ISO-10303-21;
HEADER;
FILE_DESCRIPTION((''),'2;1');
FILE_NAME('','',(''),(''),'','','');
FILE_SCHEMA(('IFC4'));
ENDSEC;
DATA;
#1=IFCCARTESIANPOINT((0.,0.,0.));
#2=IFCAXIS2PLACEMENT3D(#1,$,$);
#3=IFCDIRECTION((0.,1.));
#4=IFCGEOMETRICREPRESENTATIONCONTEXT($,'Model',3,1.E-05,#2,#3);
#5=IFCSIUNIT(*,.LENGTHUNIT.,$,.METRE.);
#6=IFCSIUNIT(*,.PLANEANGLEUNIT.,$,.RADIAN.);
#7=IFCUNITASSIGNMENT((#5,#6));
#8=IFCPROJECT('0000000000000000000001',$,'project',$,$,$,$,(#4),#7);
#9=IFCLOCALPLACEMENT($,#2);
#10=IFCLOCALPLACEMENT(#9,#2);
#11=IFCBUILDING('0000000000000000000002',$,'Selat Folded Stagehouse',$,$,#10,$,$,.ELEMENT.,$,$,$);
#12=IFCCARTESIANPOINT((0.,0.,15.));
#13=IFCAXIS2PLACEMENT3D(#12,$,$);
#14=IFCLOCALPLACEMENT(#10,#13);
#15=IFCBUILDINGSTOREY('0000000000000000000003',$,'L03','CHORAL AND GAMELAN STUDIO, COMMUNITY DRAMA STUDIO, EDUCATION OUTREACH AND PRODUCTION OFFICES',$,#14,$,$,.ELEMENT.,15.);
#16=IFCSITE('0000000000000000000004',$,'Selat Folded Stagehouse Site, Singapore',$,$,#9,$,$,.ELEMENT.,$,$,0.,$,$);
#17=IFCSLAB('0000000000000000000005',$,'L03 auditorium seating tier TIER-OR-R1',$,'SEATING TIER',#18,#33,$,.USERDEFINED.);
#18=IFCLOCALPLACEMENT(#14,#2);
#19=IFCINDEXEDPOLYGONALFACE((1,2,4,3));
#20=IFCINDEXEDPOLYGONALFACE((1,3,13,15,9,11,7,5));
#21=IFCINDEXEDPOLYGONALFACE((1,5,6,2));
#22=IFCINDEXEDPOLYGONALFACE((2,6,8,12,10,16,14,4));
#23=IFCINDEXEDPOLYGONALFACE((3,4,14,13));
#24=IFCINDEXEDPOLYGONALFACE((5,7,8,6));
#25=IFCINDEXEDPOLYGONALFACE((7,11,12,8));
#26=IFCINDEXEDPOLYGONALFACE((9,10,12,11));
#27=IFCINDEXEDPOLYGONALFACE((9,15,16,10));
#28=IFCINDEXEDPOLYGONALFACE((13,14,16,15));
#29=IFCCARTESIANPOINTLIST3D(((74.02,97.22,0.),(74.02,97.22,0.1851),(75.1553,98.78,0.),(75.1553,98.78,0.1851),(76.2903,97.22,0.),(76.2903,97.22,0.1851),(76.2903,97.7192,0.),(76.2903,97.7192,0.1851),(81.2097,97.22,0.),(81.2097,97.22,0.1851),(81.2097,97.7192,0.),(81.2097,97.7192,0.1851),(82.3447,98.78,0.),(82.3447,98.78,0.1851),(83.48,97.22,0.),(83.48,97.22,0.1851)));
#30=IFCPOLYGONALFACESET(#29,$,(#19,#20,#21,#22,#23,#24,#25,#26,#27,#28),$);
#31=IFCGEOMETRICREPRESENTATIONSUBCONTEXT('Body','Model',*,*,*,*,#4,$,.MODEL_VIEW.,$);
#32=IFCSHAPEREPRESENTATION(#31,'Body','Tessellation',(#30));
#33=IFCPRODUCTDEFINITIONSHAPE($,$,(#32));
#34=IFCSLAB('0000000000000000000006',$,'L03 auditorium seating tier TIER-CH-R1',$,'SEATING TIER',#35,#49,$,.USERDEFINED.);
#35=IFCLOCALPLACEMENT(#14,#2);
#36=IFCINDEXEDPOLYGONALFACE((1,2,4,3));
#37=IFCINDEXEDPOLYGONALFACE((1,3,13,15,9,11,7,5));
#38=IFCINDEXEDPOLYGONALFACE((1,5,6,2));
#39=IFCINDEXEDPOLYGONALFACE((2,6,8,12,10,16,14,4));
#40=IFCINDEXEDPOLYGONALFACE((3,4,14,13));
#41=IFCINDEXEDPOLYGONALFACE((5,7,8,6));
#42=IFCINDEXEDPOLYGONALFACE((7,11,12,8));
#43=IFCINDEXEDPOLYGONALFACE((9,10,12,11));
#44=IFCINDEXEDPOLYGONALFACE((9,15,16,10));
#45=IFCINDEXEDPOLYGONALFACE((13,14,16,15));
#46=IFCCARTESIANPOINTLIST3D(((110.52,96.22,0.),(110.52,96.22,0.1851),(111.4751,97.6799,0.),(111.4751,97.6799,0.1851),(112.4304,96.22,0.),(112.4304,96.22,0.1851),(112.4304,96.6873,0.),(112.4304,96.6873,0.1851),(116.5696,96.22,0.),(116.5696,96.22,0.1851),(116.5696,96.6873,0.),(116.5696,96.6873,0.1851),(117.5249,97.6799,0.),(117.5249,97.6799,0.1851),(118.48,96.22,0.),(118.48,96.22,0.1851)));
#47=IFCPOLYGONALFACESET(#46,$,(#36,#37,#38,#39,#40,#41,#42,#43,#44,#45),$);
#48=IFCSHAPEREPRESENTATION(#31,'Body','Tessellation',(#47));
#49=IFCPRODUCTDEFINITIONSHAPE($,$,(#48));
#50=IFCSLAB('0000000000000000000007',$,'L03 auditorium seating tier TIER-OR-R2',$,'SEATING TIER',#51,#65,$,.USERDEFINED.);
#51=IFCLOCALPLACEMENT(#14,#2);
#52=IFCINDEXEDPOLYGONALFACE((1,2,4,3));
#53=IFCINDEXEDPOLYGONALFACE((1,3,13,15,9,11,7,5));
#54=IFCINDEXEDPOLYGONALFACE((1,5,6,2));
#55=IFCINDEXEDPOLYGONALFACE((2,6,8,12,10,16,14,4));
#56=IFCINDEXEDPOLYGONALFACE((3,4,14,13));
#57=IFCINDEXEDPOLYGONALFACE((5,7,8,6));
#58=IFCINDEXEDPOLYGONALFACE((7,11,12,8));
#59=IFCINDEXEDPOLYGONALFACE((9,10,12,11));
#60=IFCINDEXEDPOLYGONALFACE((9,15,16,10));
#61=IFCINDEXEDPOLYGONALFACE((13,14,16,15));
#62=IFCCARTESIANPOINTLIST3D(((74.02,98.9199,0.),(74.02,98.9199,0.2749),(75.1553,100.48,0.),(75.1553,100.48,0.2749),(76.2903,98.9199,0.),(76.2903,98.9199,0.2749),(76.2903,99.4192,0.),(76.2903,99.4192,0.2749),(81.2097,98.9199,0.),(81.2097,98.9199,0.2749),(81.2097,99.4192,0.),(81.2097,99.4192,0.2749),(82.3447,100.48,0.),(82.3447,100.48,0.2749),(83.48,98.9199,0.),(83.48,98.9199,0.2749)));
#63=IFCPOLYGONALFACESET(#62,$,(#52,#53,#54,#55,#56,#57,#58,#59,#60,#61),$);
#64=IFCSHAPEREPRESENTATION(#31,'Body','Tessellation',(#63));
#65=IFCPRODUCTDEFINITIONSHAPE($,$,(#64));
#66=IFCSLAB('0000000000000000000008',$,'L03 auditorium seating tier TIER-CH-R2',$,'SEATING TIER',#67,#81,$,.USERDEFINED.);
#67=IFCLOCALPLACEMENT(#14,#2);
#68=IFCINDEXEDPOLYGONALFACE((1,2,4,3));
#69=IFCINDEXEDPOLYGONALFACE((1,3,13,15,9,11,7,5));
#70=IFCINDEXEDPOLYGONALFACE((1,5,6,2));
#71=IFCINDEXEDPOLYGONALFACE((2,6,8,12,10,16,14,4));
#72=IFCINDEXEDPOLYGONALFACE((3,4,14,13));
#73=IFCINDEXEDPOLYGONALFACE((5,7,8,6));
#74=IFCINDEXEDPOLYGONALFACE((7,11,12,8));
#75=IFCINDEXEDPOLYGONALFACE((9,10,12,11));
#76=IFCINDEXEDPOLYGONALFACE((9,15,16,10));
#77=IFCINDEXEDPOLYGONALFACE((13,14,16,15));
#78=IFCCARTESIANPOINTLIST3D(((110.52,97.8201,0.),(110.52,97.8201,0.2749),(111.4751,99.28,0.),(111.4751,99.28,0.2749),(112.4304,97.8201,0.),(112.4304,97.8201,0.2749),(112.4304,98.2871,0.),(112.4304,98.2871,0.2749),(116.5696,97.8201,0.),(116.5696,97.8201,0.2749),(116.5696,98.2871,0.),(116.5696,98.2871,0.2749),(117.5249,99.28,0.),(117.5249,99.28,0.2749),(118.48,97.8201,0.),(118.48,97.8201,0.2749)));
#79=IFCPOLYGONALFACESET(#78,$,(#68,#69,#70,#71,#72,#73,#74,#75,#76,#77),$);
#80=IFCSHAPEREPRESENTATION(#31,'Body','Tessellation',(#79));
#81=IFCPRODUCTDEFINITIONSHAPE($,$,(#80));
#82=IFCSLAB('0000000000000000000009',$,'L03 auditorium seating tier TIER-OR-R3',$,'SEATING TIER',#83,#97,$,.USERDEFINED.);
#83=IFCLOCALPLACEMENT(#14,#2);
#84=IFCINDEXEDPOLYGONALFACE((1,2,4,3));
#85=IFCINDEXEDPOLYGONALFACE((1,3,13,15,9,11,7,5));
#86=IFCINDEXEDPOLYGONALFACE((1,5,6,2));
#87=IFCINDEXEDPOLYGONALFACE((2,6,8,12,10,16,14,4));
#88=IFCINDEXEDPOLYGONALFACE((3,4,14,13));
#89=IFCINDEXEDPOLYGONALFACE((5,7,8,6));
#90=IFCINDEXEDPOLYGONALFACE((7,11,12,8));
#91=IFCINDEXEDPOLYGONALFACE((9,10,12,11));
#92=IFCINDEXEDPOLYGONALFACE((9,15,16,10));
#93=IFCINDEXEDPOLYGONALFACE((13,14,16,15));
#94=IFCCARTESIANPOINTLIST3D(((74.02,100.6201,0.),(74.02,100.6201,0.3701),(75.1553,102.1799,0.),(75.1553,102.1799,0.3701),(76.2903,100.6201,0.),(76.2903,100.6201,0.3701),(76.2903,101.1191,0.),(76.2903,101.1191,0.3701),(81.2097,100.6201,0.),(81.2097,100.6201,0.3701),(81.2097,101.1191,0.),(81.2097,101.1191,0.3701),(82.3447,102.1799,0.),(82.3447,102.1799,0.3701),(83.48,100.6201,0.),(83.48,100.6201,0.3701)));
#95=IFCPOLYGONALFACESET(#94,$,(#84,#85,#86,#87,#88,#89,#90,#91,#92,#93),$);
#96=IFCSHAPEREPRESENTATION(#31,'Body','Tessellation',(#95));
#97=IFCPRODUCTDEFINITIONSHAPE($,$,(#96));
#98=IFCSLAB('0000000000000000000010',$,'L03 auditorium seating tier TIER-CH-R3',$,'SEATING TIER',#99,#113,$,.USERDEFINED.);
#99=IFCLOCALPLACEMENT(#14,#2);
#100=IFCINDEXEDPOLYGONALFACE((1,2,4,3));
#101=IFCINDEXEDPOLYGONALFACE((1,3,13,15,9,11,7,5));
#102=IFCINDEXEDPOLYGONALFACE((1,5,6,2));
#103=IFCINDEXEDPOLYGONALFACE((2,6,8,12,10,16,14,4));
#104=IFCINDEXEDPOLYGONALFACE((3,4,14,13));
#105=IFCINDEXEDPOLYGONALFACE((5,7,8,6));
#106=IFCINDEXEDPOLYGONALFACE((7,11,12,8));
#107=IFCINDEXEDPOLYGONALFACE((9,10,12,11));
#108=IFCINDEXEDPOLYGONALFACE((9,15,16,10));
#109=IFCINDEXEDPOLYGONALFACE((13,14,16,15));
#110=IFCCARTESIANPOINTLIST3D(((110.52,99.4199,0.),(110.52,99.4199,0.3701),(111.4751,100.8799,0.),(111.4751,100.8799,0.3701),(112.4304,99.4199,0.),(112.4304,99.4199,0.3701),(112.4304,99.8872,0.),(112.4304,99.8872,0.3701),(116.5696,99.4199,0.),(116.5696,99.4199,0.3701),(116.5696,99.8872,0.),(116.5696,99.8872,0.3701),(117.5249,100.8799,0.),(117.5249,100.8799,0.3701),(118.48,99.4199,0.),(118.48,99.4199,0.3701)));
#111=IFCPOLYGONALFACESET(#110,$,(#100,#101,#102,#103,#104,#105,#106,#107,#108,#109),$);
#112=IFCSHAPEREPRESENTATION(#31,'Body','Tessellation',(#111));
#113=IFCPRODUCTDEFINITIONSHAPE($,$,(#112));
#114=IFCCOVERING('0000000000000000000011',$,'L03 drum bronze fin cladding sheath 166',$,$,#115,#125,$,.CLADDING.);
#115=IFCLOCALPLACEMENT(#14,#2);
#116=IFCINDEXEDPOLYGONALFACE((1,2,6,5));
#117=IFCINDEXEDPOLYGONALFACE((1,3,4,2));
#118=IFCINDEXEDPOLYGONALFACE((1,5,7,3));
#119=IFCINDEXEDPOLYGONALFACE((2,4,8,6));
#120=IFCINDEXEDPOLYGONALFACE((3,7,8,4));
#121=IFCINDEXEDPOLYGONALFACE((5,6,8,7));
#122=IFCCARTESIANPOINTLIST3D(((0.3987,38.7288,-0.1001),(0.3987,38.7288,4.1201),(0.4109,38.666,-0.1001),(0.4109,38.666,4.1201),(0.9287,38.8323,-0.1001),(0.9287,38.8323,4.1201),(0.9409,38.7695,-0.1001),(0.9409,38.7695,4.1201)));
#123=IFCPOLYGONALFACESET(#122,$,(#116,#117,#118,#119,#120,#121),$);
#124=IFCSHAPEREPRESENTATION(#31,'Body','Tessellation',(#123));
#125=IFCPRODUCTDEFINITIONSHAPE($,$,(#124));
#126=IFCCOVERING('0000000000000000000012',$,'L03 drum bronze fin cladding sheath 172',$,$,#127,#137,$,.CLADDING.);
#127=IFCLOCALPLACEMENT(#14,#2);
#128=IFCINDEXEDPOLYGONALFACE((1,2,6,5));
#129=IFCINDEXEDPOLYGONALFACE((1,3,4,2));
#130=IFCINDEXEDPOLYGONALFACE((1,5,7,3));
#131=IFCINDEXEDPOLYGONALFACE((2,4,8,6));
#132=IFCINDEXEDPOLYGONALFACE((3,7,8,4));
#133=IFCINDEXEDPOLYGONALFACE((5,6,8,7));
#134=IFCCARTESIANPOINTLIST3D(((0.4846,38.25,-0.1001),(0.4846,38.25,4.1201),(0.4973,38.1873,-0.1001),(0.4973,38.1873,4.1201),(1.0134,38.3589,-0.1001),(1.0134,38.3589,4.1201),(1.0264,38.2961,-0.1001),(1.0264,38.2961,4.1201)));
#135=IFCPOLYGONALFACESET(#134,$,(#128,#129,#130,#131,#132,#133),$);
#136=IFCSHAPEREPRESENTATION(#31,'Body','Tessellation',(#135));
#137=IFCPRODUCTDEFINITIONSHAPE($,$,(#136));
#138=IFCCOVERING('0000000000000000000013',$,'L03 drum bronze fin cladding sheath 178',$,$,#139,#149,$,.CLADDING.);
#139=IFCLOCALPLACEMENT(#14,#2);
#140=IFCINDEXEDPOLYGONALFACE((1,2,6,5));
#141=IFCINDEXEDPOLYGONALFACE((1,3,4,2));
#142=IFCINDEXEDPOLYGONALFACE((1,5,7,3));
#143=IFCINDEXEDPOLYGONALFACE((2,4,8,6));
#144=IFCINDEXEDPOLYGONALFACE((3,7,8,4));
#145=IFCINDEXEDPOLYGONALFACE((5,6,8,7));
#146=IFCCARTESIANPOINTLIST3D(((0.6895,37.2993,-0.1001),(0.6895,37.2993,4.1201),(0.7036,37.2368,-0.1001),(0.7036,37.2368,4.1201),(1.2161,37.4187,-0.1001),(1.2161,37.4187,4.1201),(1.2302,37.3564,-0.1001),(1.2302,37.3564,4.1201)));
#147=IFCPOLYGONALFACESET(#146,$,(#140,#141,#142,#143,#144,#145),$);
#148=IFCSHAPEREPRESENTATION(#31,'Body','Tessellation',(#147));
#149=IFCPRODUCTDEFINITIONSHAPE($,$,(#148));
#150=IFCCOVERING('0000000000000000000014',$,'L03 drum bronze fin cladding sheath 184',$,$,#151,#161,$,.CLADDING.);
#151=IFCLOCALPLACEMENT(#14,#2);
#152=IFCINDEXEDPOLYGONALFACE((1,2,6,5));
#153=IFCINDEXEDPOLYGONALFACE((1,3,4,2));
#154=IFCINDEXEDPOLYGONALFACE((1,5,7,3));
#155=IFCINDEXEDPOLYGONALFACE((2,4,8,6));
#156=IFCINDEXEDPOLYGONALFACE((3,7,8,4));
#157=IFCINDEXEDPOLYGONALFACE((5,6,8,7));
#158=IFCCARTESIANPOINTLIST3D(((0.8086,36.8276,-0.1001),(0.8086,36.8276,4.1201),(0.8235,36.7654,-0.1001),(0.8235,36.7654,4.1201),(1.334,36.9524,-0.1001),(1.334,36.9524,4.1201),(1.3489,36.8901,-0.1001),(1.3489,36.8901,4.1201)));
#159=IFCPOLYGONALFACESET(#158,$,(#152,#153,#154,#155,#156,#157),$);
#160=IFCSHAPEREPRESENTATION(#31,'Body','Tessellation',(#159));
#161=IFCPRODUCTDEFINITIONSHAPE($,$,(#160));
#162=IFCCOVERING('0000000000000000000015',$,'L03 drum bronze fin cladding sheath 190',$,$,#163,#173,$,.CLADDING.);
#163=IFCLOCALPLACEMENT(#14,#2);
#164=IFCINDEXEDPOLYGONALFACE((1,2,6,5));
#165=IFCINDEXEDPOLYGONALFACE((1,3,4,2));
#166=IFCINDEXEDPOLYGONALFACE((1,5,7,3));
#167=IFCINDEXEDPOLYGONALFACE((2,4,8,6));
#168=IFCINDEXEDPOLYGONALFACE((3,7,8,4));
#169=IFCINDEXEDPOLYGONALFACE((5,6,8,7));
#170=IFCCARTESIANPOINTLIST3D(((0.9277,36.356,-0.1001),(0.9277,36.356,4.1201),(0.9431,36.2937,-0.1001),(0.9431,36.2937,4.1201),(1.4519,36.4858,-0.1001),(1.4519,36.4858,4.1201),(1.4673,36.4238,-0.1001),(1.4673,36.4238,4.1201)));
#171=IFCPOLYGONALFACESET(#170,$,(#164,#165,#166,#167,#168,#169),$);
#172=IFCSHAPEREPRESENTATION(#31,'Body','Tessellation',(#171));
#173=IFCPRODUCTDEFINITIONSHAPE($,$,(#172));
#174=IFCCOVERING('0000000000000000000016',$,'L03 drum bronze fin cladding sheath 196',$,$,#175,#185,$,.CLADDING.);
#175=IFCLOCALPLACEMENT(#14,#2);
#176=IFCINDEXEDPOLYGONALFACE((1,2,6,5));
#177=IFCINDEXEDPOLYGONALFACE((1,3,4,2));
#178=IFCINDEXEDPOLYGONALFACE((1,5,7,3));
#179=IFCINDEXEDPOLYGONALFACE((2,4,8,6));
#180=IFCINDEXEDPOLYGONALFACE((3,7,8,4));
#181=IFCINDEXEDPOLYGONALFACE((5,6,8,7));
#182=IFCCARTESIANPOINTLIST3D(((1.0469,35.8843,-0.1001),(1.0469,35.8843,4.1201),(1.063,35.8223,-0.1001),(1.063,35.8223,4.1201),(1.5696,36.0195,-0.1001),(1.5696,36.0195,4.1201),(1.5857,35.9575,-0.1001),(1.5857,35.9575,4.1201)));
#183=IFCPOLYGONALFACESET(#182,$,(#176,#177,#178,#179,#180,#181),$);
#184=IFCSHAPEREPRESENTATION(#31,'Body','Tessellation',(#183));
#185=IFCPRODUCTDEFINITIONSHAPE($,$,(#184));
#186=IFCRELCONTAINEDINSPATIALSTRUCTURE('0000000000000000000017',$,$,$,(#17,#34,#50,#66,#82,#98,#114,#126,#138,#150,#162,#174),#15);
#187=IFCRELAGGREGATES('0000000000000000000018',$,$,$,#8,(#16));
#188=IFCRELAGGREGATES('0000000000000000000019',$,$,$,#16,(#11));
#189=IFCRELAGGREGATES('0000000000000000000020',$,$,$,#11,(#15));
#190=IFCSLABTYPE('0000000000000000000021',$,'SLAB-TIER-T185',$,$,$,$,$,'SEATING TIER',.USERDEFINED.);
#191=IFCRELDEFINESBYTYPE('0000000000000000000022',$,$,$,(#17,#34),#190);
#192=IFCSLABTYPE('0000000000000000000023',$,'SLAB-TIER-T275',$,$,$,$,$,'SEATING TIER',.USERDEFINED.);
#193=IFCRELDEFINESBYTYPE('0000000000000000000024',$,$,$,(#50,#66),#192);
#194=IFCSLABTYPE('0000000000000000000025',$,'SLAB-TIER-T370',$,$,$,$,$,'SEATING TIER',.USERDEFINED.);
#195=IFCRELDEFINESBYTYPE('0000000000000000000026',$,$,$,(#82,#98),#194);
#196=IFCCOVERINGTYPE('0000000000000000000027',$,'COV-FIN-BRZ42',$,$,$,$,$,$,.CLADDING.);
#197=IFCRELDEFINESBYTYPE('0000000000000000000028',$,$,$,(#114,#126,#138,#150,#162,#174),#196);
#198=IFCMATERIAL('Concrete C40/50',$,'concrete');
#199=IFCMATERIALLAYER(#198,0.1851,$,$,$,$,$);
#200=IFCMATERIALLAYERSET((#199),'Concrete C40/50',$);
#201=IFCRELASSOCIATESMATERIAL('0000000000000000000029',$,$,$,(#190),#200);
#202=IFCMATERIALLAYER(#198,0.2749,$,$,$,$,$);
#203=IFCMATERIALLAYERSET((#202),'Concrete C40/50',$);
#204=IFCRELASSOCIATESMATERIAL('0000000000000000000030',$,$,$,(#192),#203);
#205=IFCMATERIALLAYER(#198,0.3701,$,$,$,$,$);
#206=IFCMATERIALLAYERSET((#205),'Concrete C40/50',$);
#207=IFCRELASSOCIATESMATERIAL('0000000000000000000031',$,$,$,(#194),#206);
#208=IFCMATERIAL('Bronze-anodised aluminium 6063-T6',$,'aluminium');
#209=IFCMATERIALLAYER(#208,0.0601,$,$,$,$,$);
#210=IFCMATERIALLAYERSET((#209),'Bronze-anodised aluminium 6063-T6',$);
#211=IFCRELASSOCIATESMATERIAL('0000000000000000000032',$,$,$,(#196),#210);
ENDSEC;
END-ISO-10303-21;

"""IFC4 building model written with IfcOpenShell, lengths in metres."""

from ifc_helpers import new_model, si_unit, direction, frame, origin, place, context, subcontext, project, spatial, polyline, outline, extrude, material, layer, layer_set, type_object, element, save


model = new_model("IFC4")

# Units and contexts
model_context = context("Model", 3, precision=1e-05, world=origin(), true_north=direction((0.0, 1.0)))
body_context = subcontext(model_context, "Body", "Model", "MODEL_VIEW")
ifc_project = project(units=[si_unit("LENGTHUNIT", "METRE"), si_unit("PLANEANGLEUNIT", "RADIAN")], contexts=[model_context])

# Site, building, storey
site_placement = place(None, origin())
site = spatial("IfcSite", under=ifc_project, at=site_placement, Name="Selat Folded Stagehouse Site, Singapore", CompositionType="ELEMENT", RefElevation=0.0)
building_placement = place(site_placement, origin())
building = spatial("IfcBuilding", under=site, at=building_placement, Name="Selat Folded Stagehouse", CompositionType="ELEMENT")
storey_placement = place(building_placement, frame((0.0, 0.0, 15.0)))
storey = spatial("IfcBuildingStorey", under=building, at=storey_placement, Name="L03", Description="CHORAL AND GAMELAN STUDIO, COMMUNITY DRAMA STUDIO, EDUCATION OUTREACH AND PRODUCTION OFFICES", CompositionType="ELEMENT", Elevation=15.0)

# Slabs
ifc_material_1 = material(Name="Concrete C40/50", Category="concrete")
ifc_layer_1 = layer(ifc_material_1, 0.1851)
ifc_layer_set_1 = layer_set([ifc_layer_1], Name="Concrete C40/50")
slab_type_1 = type_object("IfcSlabType", Name="SLAB-TIER-T185", ElementType="SEATING TIER", PredefinedType="USERDEFINED", material=ifc_layer_set_1)
slab_1_placement = place(storey_placement, origin())
element("IfcSlab", 1, at=slab_1_placement, inside=storey, type_object=slab_type_1, Name="L03 auditorium seating tier TIER-OR-R1", ObjectType="SEATING TIER", PredefinedType="USERDEFINED", context=body_context, shape_type="SweptSolid", body=[
    extrude(outline(polyline([(75.1553, 98.78), (74.02, 97.22), (76.2903, 97.22), (76.2903, 97.7192), (81.2097, 97.7192), (81.2097, 97.22), (83.48, 97.22), (82.3447, 98.78), (75.1553, 98.78)])), origin(), (0.0, 0.0, 1.0), 0.1851),
])
slab_2_placement = place(storey_placement, origin())
element("IfcSlab", 2, at=slab_2_placement, inside=storey, type_object=slab_type_1, Name="L03 auditorium seating tier TIER-CH-R1", ObjectType="SEATING TIER", PredefinedType="USERDEFINED", context=body_context, shape_type="SweptSolid", body=[
    extrude(outline(polyline([(111.4751, 97.6799), (110.52, 96.22), (112.4304, 96.22), (112.4304, 96.6873), (116.5696, 96.6873), (116.5696, 96.22), (118.48, 96.22), (117.5249, 97.6799), (111.4751, 97.6799)])), origin(), (0.0, 0.0, 1.0), 0.1851),
])
ifc_layer_2 = layer(ifc_material_1, 0.2749)
ifc_layer_set_2 = layer_set([ifc_layer_2], Name="Concrete C40/50")
slab_type_2 = type_object("IfcSlabType", Name="SLAB-TIER-T275", ElementType="SEATING TIER", PredefinedType="USERDEFINED", material=ifc_layer_set_2)
slab_3_placement = place(storey_placement, origin())
element("IfcSlab", 3, at=slab_3_placement, inside=storey, type_object=slab_type_2, Name="L03 auditorium seating tier TIER-OR-R2", ObjectType="SEATING TIER", PredefinedType="USERDEFINED", context=body_context, shape_type="SweptSolid", body=[
    extrude(outline(polyline([(75.1553, 100.48), (74.02, 98.9199), (76.2903, 98.9199), (76.2903, 99.4192), (81.2097, 99.4192), (81.2097, 98.9199), (83.48, 98.9199), (82.3447, 100.48), (75.1553, 100.48)])), origin(), (0.0, 0.0, 1.0), 0.2749),
])
slab_4_placement = place(storey_placement, origin())
element("IfcSlab", 4, at=slab_4_placement, inside=storey, type_object=slab_type_2, Name="L03 auditorium seating tier TIER-CH-R2", ObjectType="SEATING TIER", PredefinedType="USERDEFINED", context=body_context, shape_type="SweptSolid", body=[
    extrude(outline(polyline([(111.4751, 99.28), (110.52, 97.8201), (112.4304, 97.8201), (112.4304, 98.2871), (116.5696, 98.2871), (116.5696, 97.8201), (118.48, 97.8201), (117.5249, 99.28), (111.4751, 99.28)])), origin(), (0.0, 0.0, 1.0), 0.2749),
])
ifc_layer_3 = layer(ifc_material_1, 0.3701)
ifc_layer_set_3 = layer_set([ifc_layer_3], Name="Concrete C40/50")
slab_type_3 = type_object("IfcSlabType", Name="SLAB-TIER-T370", ElementType="SEATING TIER", PredefinedType="USERDEFINED", material=ifc_layer_set_3)
slab_5_placement = place(storey_placement, origin())
element("IfcSlab", 5, at=slab_5_placement, inside=storey, type_object=slab_type_3, Name="L03 auditorium seating tier TIER-OR-R3", ObjectType="SEATING TIER", PredefinedType="USERDEFINED", context=body_context, shape_type="SweptSolid", body=[
    extrude(outline(polyline([(75.1553, 102.1799), (74.02, 100.6201), (76.2903, 100.6201), (76.2903, 101.1191), (81.2097, 101.1191), (81.2097, 100.6201), (83.48, 100.6201), (82.3447, 102.1799), (75.1553, 102.1799)])), origin(), (0.0, 0.0, 1.0), 0.3701),
])
slab_6_placement = place(storey_placement, origin())
element("IfcSlab", 6, at=slab_6_placement, inside=storey, type_object=slab_type_3, Name="L03 auditorium seating tier TIER-CH-R3", ObjectType="SEATING TIER", PredefinedType="USERDEFINED", context=body_context, shape_type="SweptSolid", body=[
    extrude(outline(polyline([(111.4751, 100.8799), (110.52, 99.4199), (112.4304, 99.4199), (112.4304, 99.8872), (116.5696, 99.8872), (116.5696, 99.4199), (118.48, 99.4199), (117.5249, 100.8799), (111.4751, 100.8799)])), origin(), (0.0, 0.0, 1.0), 0.3701),
])

# Coverings
ifc_material_2 = material(Name="Bronze-anodised aluminium 6063-T6", Category="aluminium")
ifc_layer_4 = layer(ifc_material_2, 0.0601)
ifc_layer_set_4 = layer_set([ifc_layer_4], Name="Bronze-anodised aluminium 6063-T6")
covering_type = type_object("IfcCoveringType", Name="COV-FIN-BRZ42", PredefinedType="CLADDING", material=ifc_layer_set_4)
covering_1_placement = place(storey_placement, frame((0.0, 0.0, -0.1001)))
element("IfcCovering", 7, at=covering_1_placement, inside=storey, type_object=covering_type, Name="L03 drum bronze fin cladding sheath 166", PredefinedType="CLADDING", context=body_context, shape_type="SweptSolid", body=[
    extrude(outline(polyline([(0.9287, 38.8323), (0.3987, 38.7288), (0.4109, 38.666), (0.9409, 38.7695), (0.9287, 38.8323)])), origin(), (0.0, 0.0, 1.0), 4.2202),
])
covering_2_placement = place(storey_placement, frame((0.0, 0.0, -0.1001)))
element("IfcCovering", 8, at=covering_2_placement, inside=storey, type_object=covering_type, Name="L03 drum bronze fin cladding sheath 172", PredefinedType="CLADDING", context=body_context, shape_type="SweptSolid", body=[
    extrude(outline(polyline([(1.0134, 38.3589), (0.4846, 38.25), (0.4973, 38.1873), (1.0264, 38.2961), (1.0134, 38.3589)])), origin(), (0.0, 0.0, 1.0), 4.2202),
])
covering_3_placement = place(storey_placement, frame((0.0, 0.0, -0.1001)))
element("IfcCovering", 9, at=covering_3_placement, inside=storey, type_object=covering_type, Name="L03 drum bronze fin cladding sheath 178", PredefinedType="CLADDING", context=body_context, shape_type="SweptSolid", body=[
    extrude(outline(polyline([(1.2161, 37.4187), (0.6895, 37.2993), (0.7036, 37.2368), (1.2302, 37.3564), (1.2161, 37.4187)])), origin(), (0.0, 0.0, 1.0), 4.2202),
])
covering_4_placement = place(storey_placement, frame((0.0, 0.0, -0.1001)))
element("IfcCovering", 10, at=covering_4_placement, inside=storey, type_object=covering_type, Name="L03 drum bronze fin cladding sheath 184", PredefinedType="CLADDING", context=body_context, shape_type="SweptSolid", body=[
    extrude(outline(polyline([(1.334, 36.9524), (0.8086, 36.8276), (0.8235, 36.7654), (1.3489, 36.8901), (1.334, 36.9524)])), origin(), (0.0, 0.0, 1.0), 4.2202),
])
covering_5_placement = place(storey_placement, frame((0.0, 0.0, -0.1001)))
element("IfcCovering", 11, at=covering_5_placement, inside=storey, type_object=covering_type, Name="L03 drum bronze fin cladding sheath 190", PredefinedType="CLADDING", context=body_context, shape_type="SweptSolid", body=[
    extrude(outline(polyline([(1.4519, 36.4858), (0.9277, 36.356), (0.9431, 36.2937), (1.4673, 36.4238), (1.4519, 36.4858)])), origin(), (0.0, 0.0, 1.0), 4.2202),
])
covering_6_placement = place(storey_placement, frame((0.0, 0.0, -0.1001)))
element("IfcCovering", 12, at=covering_6_placement, inside=storey, type_object=covering_type, Name="L03 drum bronze fin cladding sheath 196", PredefinedType="CLADDING", context=body_context, shape_type="SweptSolid", body=[
    extrude(outline(polyline([(1.5696, 36.0195), (1.0469, 35.8843), (1.063, 35.8223), (1.5857, 35.9575), (1.5696, 36.0195)])), origin(), (0.0, 0.0, 1.0), 4.2202),
])

save(model, "model.ifc")
